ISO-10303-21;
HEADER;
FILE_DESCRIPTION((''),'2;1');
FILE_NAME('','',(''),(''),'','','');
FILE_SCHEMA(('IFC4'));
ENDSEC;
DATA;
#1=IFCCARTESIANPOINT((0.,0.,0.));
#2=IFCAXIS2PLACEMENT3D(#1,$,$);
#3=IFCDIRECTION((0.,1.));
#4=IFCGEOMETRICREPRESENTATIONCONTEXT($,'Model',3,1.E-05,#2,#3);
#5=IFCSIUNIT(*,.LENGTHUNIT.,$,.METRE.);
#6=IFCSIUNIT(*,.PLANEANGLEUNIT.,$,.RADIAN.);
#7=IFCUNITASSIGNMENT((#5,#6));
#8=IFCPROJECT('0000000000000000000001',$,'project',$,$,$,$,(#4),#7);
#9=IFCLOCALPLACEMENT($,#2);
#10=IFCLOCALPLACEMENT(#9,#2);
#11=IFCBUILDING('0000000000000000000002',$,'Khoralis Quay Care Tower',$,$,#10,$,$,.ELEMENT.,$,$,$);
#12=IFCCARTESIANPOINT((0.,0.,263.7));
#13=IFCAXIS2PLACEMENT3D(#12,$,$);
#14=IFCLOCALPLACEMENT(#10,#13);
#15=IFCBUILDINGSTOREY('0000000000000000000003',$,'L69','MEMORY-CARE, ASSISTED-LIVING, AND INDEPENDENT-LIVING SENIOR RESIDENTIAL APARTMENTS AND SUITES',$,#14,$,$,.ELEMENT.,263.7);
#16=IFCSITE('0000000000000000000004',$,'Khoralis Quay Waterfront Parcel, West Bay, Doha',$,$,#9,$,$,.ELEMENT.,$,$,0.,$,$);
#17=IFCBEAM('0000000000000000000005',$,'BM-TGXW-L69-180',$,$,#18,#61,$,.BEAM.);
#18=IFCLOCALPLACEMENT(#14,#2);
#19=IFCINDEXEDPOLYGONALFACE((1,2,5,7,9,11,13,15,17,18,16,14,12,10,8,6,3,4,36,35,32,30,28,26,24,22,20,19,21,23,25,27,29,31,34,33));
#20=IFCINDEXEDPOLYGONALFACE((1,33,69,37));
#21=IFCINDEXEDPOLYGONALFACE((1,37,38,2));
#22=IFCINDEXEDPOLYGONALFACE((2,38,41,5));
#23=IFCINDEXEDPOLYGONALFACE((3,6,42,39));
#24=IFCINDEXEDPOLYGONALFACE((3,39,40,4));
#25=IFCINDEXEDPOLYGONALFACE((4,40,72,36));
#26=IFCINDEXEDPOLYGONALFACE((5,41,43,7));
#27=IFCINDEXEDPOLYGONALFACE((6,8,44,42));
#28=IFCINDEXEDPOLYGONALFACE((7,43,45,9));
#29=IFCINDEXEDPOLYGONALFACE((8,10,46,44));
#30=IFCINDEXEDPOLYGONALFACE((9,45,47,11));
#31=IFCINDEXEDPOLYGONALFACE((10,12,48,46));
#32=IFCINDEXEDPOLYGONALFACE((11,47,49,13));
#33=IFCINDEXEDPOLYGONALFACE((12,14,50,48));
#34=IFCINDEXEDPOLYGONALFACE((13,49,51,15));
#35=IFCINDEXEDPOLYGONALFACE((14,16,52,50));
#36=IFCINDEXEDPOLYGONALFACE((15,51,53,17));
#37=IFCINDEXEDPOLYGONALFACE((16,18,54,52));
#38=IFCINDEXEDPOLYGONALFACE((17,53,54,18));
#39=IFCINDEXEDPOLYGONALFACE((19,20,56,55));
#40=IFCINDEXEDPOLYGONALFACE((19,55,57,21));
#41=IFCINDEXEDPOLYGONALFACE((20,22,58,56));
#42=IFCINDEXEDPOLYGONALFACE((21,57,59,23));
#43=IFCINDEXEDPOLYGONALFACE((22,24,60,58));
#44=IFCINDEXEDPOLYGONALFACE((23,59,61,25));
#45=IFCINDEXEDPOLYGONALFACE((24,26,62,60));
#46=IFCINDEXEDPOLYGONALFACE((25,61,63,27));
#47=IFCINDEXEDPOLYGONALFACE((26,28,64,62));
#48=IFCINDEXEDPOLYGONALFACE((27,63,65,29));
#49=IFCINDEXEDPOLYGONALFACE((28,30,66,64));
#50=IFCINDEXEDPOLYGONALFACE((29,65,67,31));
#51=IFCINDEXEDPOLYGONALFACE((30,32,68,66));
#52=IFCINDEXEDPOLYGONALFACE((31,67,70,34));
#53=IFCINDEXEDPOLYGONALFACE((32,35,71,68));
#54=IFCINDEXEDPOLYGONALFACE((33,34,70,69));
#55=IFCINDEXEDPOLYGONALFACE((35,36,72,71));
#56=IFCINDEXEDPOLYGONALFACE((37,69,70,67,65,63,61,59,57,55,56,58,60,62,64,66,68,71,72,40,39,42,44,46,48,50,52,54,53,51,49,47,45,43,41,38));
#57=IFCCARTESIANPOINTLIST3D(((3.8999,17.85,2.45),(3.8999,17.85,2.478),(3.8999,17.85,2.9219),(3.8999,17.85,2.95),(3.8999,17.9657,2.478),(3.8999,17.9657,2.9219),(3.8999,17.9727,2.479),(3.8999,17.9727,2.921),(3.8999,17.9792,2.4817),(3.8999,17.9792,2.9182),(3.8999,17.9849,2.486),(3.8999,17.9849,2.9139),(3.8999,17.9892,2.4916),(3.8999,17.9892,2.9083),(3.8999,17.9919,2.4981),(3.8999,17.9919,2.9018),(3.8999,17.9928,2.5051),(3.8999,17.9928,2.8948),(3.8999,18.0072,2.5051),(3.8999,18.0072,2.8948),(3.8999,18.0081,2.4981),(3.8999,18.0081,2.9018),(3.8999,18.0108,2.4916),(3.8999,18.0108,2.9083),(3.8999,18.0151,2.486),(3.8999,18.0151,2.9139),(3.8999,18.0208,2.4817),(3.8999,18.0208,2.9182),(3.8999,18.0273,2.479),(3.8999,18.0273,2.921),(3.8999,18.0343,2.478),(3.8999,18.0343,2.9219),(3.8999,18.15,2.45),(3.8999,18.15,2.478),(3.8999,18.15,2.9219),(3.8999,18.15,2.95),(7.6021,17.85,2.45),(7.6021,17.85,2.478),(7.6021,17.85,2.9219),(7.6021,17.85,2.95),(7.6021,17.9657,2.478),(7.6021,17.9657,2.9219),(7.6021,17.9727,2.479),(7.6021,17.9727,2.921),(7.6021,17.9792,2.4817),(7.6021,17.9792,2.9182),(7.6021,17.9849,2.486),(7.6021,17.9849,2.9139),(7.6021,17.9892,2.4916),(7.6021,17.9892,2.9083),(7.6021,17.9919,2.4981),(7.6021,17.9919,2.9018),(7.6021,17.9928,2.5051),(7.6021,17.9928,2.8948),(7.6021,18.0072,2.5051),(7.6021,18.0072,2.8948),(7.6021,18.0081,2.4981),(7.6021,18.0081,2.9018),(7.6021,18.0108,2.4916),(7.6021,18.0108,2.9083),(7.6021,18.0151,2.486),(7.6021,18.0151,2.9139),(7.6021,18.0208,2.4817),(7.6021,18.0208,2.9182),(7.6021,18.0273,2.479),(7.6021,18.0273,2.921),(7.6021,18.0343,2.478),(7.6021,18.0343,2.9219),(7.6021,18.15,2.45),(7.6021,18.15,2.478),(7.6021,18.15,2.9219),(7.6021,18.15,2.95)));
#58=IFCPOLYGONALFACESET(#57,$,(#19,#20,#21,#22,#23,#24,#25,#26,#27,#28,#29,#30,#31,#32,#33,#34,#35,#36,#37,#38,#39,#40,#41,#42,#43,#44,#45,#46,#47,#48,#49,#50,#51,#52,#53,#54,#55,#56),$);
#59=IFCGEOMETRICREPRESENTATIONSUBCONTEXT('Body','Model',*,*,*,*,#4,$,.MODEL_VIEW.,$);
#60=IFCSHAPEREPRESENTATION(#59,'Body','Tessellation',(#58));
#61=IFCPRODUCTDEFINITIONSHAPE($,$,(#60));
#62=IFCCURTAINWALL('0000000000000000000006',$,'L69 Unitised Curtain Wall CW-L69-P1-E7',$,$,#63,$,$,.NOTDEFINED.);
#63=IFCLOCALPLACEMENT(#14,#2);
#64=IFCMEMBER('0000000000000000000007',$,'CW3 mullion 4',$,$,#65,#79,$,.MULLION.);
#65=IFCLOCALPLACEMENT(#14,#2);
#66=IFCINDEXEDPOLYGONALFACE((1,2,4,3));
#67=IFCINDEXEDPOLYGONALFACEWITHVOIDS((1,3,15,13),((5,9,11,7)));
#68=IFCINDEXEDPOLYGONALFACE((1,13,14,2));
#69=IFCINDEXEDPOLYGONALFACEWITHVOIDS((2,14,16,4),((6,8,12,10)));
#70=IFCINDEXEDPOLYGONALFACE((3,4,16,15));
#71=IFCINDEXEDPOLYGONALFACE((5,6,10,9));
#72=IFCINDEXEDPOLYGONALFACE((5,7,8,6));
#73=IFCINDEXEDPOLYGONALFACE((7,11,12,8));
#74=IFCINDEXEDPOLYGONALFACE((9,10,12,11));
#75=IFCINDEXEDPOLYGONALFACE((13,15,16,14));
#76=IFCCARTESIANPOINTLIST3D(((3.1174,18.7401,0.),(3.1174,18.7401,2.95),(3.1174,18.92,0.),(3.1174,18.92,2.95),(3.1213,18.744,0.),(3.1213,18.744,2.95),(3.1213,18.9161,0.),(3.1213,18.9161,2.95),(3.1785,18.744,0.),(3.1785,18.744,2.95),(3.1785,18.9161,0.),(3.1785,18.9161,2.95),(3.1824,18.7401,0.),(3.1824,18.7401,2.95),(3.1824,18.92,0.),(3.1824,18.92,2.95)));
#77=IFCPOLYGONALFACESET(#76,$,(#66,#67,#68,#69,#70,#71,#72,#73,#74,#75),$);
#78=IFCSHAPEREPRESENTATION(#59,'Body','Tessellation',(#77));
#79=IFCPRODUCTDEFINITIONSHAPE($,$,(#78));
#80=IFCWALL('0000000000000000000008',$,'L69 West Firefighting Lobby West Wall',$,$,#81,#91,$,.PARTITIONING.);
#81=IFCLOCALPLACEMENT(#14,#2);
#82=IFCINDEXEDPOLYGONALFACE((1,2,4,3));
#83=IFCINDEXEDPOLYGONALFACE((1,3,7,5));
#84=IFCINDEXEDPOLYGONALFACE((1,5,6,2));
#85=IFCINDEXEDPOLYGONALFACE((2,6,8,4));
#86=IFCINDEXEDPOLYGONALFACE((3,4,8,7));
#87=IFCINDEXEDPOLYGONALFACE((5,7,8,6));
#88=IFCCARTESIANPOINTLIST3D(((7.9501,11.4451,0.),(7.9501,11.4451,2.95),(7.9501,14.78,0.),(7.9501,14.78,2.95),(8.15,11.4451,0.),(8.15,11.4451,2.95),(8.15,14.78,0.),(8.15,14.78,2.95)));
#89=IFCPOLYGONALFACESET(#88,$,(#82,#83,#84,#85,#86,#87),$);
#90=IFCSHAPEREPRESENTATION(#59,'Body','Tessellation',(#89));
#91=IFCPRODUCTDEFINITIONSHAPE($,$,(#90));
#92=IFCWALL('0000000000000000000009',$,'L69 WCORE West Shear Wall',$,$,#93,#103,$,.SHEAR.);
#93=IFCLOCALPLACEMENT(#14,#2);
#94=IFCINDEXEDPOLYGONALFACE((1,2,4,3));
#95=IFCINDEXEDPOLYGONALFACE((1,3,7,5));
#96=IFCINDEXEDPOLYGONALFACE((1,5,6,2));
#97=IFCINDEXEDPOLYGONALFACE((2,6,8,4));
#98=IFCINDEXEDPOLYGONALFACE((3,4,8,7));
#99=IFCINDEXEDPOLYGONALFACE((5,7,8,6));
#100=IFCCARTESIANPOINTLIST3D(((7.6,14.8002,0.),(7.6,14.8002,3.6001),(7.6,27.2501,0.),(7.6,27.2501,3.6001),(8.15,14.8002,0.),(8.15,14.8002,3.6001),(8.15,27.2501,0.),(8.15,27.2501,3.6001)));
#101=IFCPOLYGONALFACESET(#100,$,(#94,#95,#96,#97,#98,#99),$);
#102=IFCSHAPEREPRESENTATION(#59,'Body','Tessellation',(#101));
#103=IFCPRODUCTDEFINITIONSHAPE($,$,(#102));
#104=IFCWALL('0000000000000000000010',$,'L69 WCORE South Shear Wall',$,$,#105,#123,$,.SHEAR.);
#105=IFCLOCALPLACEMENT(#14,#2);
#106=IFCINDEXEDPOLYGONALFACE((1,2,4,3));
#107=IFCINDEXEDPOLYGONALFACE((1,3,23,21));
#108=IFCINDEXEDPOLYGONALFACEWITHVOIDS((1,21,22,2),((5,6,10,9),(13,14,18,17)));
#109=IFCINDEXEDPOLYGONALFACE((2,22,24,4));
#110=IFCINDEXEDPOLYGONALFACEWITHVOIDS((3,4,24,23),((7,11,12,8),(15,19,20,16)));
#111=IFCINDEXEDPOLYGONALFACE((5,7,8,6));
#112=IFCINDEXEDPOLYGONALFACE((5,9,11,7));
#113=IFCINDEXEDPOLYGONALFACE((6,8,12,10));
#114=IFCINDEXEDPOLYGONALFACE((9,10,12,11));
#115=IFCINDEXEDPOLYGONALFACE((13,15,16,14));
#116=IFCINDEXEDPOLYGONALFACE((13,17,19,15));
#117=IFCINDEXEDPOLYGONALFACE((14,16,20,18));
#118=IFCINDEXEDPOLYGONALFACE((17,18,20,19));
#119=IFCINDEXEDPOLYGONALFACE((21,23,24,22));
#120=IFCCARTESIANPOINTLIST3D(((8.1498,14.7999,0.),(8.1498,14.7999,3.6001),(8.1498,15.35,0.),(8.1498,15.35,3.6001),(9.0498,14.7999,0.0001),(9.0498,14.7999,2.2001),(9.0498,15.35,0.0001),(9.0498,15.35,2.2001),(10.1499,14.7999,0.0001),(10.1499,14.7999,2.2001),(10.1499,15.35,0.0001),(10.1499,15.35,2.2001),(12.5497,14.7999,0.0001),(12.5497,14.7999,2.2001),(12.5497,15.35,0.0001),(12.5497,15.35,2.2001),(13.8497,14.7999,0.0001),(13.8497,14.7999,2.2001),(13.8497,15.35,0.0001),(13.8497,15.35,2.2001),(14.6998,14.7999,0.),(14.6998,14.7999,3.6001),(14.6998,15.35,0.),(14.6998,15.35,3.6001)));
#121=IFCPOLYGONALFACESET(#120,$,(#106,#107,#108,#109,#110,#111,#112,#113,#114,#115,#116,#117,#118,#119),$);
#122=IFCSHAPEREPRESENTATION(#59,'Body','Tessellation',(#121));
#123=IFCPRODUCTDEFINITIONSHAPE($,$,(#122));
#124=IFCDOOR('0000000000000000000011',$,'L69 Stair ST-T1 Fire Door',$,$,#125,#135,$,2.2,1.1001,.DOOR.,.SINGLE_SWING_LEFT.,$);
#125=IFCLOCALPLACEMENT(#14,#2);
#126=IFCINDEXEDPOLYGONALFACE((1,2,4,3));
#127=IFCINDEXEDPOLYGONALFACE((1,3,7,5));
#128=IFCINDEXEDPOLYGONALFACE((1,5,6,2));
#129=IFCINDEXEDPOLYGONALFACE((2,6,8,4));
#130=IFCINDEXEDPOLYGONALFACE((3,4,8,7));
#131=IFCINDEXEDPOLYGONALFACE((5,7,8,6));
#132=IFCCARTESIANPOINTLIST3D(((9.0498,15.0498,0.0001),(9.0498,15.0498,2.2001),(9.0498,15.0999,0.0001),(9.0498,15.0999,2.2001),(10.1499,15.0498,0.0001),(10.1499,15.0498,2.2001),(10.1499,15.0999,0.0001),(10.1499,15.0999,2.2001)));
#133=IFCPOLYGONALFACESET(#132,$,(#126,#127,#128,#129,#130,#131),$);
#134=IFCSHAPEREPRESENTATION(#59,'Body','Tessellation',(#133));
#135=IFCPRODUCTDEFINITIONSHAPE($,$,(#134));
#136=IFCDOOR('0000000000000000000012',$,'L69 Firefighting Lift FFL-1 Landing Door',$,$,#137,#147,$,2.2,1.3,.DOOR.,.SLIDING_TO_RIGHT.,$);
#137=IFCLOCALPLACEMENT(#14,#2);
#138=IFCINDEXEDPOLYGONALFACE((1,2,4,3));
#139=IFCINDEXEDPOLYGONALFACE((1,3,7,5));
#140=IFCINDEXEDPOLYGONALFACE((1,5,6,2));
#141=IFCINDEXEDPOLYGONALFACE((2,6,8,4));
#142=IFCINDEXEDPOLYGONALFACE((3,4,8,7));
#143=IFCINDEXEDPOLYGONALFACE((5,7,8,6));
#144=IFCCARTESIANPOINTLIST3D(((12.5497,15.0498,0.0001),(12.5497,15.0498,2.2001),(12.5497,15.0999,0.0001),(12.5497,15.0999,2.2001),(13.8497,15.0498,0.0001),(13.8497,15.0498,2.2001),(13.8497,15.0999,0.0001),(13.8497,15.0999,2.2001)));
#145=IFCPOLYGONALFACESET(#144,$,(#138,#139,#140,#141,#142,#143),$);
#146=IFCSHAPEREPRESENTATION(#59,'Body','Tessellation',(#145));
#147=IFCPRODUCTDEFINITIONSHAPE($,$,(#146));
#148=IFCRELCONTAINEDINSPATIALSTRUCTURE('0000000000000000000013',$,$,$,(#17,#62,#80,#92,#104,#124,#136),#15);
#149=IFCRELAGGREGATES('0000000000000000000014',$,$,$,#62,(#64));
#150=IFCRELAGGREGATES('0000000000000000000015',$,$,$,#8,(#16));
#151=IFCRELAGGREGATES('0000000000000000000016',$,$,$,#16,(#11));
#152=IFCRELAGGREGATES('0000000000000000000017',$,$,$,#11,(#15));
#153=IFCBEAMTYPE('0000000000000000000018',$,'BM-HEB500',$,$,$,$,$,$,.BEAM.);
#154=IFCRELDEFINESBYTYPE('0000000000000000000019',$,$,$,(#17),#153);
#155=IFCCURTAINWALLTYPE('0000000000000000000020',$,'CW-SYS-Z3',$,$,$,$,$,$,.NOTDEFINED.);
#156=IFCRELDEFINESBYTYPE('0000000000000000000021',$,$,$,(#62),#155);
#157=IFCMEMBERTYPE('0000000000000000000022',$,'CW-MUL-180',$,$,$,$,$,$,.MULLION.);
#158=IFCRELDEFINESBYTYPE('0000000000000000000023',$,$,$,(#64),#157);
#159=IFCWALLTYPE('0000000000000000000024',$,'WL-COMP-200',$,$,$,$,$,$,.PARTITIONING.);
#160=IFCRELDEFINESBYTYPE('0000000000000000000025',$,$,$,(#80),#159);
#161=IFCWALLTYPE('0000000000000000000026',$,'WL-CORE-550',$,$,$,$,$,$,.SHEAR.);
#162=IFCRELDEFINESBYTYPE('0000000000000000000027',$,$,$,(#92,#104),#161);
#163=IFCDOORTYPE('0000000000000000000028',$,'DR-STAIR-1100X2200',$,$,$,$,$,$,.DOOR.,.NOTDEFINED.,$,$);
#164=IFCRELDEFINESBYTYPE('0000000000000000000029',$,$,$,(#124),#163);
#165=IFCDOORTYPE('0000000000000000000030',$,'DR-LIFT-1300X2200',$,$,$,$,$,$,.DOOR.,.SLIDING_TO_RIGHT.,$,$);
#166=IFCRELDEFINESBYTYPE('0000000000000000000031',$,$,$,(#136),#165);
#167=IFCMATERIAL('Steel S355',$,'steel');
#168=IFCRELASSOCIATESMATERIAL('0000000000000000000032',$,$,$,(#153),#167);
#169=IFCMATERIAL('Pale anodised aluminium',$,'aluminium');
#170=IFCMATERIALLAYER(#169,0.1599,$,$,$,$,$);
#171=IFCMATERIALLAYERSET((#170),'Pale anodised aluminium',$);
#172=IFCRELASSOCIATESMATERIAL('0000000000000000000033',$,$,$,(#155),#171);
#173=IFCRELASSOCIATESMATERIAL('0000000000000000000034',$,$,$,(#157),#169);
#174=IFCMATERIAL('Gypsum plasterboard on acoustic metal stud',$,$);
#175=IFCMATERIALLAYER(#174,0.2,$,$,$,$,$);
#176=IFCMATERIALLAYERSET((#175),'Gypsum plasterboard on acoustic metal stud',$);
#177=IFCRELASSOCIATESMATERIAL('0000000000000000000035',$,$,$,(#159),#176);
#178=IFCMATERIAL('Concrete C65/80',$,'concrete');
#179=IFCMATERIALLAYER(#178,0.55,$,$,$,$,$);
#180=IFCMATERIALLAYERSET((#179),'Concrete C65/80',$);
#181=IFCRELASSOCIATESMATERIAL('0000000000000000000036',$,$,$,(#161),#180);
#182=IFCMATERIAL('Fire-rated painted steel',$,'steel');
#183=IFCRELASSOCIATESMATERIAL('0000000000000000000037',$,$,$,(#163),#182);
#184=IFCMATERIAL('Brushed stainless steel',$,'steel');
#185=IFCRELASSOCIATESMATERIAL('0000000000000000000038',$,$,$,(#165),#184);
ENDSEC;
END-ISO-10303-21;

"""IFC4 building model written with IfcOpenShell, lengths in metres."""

from ifc_helpers import new_model, si_unit, direction, frame, frame_2d, origin, origin_2d, place, context, subcontext, project, spatial, rectangle, hollow_rectangle, i_section, extrude, source, transform, mapped, material, layer, layer_set, material_profile, profile_set, type_object, element, fill, aggregate, save


model = new_model("IFC4")

# Units and contexts
model_context = context("Model", 3, precision=1e-05, world=origin(), true_north=direction((0.0, 1.0)))
body_context = subcontext(model_context, "Body", "Model", "MODEL_VIEW")
ifc_project = project(units=[si_unit("LENGTHUNIT", "METRE"), si_unit("PLANEANGLEUNIT", "RADIAN")], contexts=[model_context])

# Site, building, storey
site_placement = place(None, origin())
site = spatial("IfcSite", under=ifc_project, at=site_placement, Name="Khoralis Quay Waterfront Parcel, West Bay, Doha", CompositionType="ELEMENT", RefElevation=0.0)
building_placement = place(site_placement, origin())
building = spatial("IfcBuilding", under=site, at=building_placement, Name="Khoralis Quay Care Tower", CompositionType="ELEMENT")
storey_placement = place(building_placement, frame((0.0, 0.0, 263.7)))
storey = spatial("IfcBuildingStorey", under=building, at=storey_placement, Name="L69", Description="MEMORY-CARE, ASSISTED-LIVING, AND INDEPENDENT-LIVING SENIOR RESIDENTIAL APARTMENTS AND SUITES", CompositionType="ELEMENT", Elevation=263.7)

# Beam
ifc_material_1 = material(Name="Steel S355", Category="steel")
ifc_material_profile_1 = material_profile(ifc_material_1, i_section(OverallWidth=0.3, OverallDepth=0.5, WebThickness=0.0144, FlangeThickness=0.0281, FilletRadius=0.0271, at=origin_2d()), Name="Steel S355")
ifc_profile_set_1 = profile_set([ifc_material_profile_1], Name="Steel S355")
beam_type_1 = type_object("IfcBeamType", Name="BM-HEB500", PredefinedType="BEAM", material=ifc_profile_set_1)
shared_shape_1 = source(origin(), body_context, "Body", "SweptSolid", [
    extrude(i_section(OverallWidth=0.3, OverallDepth=0.5, WebThickness=0.0144, FlangeThickness=0.0281, FilletRadius=0.0271, at=origin_2d()), origin(), (0.0, 0.0, 1.0), 3.7021),
])
beam_1_placement = place(storey_placement, frame((3.8999, 18.0, 2.7), z_axis=(1.0, 0.0, 0.0), x_axis=(0.0, 1.0, 0.0)))
element("IfcBeam", 1, at=beam_1_placement, inside=storey, type_object=beam_type_1, Name="BM-TGXW-L69-180", PredefinedType="BEAM", context=body_context, shape_type="MappedRepresentation", body=[
    mapped(shared_shape_1, transform((0.0, 0.0, 0.0), scale=1.0)),
])

# Curtain wall, member
ifc_material_2 = material(Name="Pale anodised aluminium", Category="aluminium")
ifc_layer_1 = layer(ifc_material_2, 0.1599)
ifc_layer_set_1 = layer_set([ifc_layer_1], Name="Pale anodised aluminium")
curtain_wall_type = type_object("IfcCurtainWallType", Name="CW-SYS-Z3", PredefinedType="NOTDEFINED", material=ifc_layer_set_1)
curtain_wall_placement = place(storey_placement, origin())
curtain_wall = element("IfcCurtainWall", 2, at=curtain_wall_placement, inside=storey, type_object=curtain_wall_type, Name="L69 Unitised Curtain Wall CW-L69-P1-E7", PredefinedType="NOTDEFINED")
ifc_material_profile_2 = material_profile(ifc_material_2, hollow_rectangle(XDim=0.0649, YDim=0.1799, WallThickness=0.0039, at=origin_2d()), Name="Pale anodised aluminium")
ifc_profile_set_2 = profile_set([ifc_material_profile_2], Name="Pale anodised aluminium")
member_type = type_object("IfcMemberType", Name="CW-MUL-180", PredefinedType="MULLION", material=ifc_profile_set_2)
shared_shape_2 = source(origin(), body_context, "Body", "SweptSolid", [
    extrude(hollow_rectangle(XDim=0.0649, YDim=0.1799, WallThickness=0.0039, at=origin_2d()), origin(), (0.0, 0.0, 1.0), 2.95),
])
member_placement = place(storey_placement, frame((3.1499, 18.8301, 0.0), z_axis=(0.0, 0.0, 1.0), x_axis=(1.0, 0.0, 0.0)))
member = element("IfcMember", 3, at=member_placement, type_object=member_type, Name="CW3 mullion 4", PredefinedType="MULLION", context=body_context, shape_type="MappedRepresentation", body=[
    mapped(shared_shape_2, transform((0.0, 0.0, 0.0), scale=1.0)),
])
aggregate(curtain_wall, [member])

# Walls
ifc_material_3 = material(Name="Gypsum plasterboard on acoustic metal stud")
ifc_layer_2 = layer(ifc_material_3, 0.2)
ifc_layer_set_2 = layer_set([ifc_layer_2], Name="Gypsum plasterboard on acoustic metal stud")
wall_type_1 = type_object("IfcWallType", Name="WL-COMP-200", PredefinedType="PARTITIONING", material=ifc_layer_set_2)
wall_1_placement = place(storey_placement, frame((8.05, 11.4451, 0.0), z_axis=(0.0, 0.0, 1.0), x_axis=(0.0, 1.0, 0.0)))
element("IfcWall", 4, at=wall_1_placement, inside=storey, type_object=wall_type_1, Name="L69 West Firefighting Lobby West Wall", PredefinedType="PARTITIONING", context=body_context, shape_type="SweptSolid", body=[
    extrude(rectangle(XDim=3.335, YDim=0.2, at=frame_2d((1.6675, 0.0))), origin(), (0.0, 0.0, 1.0), 2.95),
])
ifc_material_4 = material(Name="Concrete C65/80", Category="concrete")
ifc_layer_3 = layer(ifc_material_4, 0.55)
ifc_layer_set_3 = layer_set([ifc_layer_3], Name="Concrete C65/80")
wall_type_2 = type_object("IfcWallType", Name="WL-CORE-550", PredefinedType="SHEAR", material=ifc_layer_set_3)
wall_2_placement = place(storey_placement, frame((7.875, 14.8, 0.0), z_axis=(0.0, 0.0, 1.0), x_axis=(0.0, 1.0, 0.0)))
element("IfcWall", 5, at=wall_2_placement, inside=storey, type_object=wall_type_2, Name="L69 WCORE West Shear Wall", PredefinedType="SHEAR", context=body_context, shape_type="SweptSolid", body=[
    extrude(rectangle(XDim=12.45, YDim=0.55, at=frame_2d((6.2251, 0.0))), origin(), (0.0, 0.0, 1.0), 3.6001),
])

# Wall, openings, doors
wall_3_placement = place(storey_placement, frame((8.1499, 15.075, 0.0), z_axis=(0.0, 0.0, 1.0), x_axis=(1.0, 0.0, 0.0)))
wall_3 = element("IfcWall", 6, at=wall_3_placement, inside=storey, type_object=wall_type_2, Name="L69 WCORE South Shear Wall", PredefinedType="SHEAR", context=body_context, shape_type="SweptSolid", body=[
    extrude(rectangle(XDim=6.55, YDim=0.55, at=frame_2d((3.2749, 0.0))), origin(), (0.0, 0.0, 1.0), 3.6001),
])
opening_1_placement = place(wall_3_placement, frame((0.8999, 0.0, 0.0)))
opening_1 = element("IfcOpeningElement", 7, at=opening_1_placement, cuts=wall_3, PredefinedType="OPENING", context=body_context, shape_type="SweptSolid", body=[
    extrude(rectangle(XDim=1.1001, YDim=2.2, at=frame_2d((0.55, 1.1001))), frame((0.0, 0.2852, 0.0), z_axis=(0.0, -1.0, 0.0), x_axis=(1.0, 0.0, 0.0)), (0.0, 0.0, 1.0), 0.5701),
])
opening_2_placement = place(wall_3_placement, frame((4.3999, 0.0, 0.0)))
opening_2 = element("IfcOpeningElement", 8, at=opening_2_placement, cuts=wall_3, PredefinedType="OPENING", context=body_context, shape_type="SweptSolid", body=[
    extrude(rectangle(XDim=1.3, YDim=2.2, at=frame_2d((0.6499, 1.1001))), frame((0.0, 0.2852, 0.0), z_axis=(0.0, -1.0, 0.0), x_axis=(1.0, 0.0, 0.0)), (0.0, 0.0, 1.0), 0.5701),
])
ifc_material_5 = material(Name="Fire-rated painted steel", Category="steel")
door_type_1 = type_object("IfcDoorType", Name="DR-STAIR-1100X2200", OperationType="NOTDEFINED", PredefinedType="DOOR", material=ifc_material_5)
shared_shape_3 = source(origin(), body_context, "Body", "SweptSolid", [
    extrude(rectangle(XDim=1.1001, YDim=2.2, at=frame_2d((0.55, 1.1001))), frame((0.0, 0.0249, 0.0), z_axis=(0.0, -1.0, 0.0), x_axis=(1.0, 0.0, 0.0)), (0.0, 0.0, 1.0), 0.05),
])
door_1_placement = place(opening_1_placement, origin())
door_1 = element("IfcDoor", 9, at=door_1_placement, inside=storey, type_object=door_type_1, Name="L69 Stair ST-T1 Fire Door", OperationType="SINGLE_SWING_LEFT", OverallHeight=2.2, OverallWidth=1.1001, PredefinedType="DOOR", context=body_context, shape_type="MappedRepresentation", body=[
    mapped(shared_shape_3, transform((0.0, 0.0, 0.0), scale=1.0)),
])
fill(opening_1, door_1)
ifc_material_6 = material(Name="Brushed stainless steel", Category="steel")
door_type_2 = type_object("IfcDoorType", Name="DR-LIFT-1300X2200", OperationType="SLIDING_TO_RIGHT", PredefinedType="DOOR", material=ifc_material_6)
shared_shape_4 = source(origin(), body_context, "Body", "SweptSolid", [
    extrude(rectangle(XDim=1.3, YDim=2.2, at=frame_2d((0.6499, 1.1001))), frame((0.0, 0.0249, 0.0), z_axis=(0.0, -1.0, 0.0), x_axis=(1.0, 0.0, 0.0)), (0.0, 0.0, 1.0), 0.05),
])
door_2_placement = place(opening_2_placement, origin())
door_2 = element("IfcDoor", 10, at=door_2_placement, inside=storey, type_object=door_type_2, Name="L69 Firefighting Lift FFL-1 Landing Door", OperationType="SLIDING_TO_RIGHT", OverallHeight=2.2, OverallWidth=1.3, PredefinedType="DOOR", context=body_context, shape_type="MappedRepresentation", body=[
    mapped(shared_shape_4, transform((0.0, 0.0, 0.0), scale=1.0)),
])
fill(opening_2, door_2)

save(model, "model.ifc")
